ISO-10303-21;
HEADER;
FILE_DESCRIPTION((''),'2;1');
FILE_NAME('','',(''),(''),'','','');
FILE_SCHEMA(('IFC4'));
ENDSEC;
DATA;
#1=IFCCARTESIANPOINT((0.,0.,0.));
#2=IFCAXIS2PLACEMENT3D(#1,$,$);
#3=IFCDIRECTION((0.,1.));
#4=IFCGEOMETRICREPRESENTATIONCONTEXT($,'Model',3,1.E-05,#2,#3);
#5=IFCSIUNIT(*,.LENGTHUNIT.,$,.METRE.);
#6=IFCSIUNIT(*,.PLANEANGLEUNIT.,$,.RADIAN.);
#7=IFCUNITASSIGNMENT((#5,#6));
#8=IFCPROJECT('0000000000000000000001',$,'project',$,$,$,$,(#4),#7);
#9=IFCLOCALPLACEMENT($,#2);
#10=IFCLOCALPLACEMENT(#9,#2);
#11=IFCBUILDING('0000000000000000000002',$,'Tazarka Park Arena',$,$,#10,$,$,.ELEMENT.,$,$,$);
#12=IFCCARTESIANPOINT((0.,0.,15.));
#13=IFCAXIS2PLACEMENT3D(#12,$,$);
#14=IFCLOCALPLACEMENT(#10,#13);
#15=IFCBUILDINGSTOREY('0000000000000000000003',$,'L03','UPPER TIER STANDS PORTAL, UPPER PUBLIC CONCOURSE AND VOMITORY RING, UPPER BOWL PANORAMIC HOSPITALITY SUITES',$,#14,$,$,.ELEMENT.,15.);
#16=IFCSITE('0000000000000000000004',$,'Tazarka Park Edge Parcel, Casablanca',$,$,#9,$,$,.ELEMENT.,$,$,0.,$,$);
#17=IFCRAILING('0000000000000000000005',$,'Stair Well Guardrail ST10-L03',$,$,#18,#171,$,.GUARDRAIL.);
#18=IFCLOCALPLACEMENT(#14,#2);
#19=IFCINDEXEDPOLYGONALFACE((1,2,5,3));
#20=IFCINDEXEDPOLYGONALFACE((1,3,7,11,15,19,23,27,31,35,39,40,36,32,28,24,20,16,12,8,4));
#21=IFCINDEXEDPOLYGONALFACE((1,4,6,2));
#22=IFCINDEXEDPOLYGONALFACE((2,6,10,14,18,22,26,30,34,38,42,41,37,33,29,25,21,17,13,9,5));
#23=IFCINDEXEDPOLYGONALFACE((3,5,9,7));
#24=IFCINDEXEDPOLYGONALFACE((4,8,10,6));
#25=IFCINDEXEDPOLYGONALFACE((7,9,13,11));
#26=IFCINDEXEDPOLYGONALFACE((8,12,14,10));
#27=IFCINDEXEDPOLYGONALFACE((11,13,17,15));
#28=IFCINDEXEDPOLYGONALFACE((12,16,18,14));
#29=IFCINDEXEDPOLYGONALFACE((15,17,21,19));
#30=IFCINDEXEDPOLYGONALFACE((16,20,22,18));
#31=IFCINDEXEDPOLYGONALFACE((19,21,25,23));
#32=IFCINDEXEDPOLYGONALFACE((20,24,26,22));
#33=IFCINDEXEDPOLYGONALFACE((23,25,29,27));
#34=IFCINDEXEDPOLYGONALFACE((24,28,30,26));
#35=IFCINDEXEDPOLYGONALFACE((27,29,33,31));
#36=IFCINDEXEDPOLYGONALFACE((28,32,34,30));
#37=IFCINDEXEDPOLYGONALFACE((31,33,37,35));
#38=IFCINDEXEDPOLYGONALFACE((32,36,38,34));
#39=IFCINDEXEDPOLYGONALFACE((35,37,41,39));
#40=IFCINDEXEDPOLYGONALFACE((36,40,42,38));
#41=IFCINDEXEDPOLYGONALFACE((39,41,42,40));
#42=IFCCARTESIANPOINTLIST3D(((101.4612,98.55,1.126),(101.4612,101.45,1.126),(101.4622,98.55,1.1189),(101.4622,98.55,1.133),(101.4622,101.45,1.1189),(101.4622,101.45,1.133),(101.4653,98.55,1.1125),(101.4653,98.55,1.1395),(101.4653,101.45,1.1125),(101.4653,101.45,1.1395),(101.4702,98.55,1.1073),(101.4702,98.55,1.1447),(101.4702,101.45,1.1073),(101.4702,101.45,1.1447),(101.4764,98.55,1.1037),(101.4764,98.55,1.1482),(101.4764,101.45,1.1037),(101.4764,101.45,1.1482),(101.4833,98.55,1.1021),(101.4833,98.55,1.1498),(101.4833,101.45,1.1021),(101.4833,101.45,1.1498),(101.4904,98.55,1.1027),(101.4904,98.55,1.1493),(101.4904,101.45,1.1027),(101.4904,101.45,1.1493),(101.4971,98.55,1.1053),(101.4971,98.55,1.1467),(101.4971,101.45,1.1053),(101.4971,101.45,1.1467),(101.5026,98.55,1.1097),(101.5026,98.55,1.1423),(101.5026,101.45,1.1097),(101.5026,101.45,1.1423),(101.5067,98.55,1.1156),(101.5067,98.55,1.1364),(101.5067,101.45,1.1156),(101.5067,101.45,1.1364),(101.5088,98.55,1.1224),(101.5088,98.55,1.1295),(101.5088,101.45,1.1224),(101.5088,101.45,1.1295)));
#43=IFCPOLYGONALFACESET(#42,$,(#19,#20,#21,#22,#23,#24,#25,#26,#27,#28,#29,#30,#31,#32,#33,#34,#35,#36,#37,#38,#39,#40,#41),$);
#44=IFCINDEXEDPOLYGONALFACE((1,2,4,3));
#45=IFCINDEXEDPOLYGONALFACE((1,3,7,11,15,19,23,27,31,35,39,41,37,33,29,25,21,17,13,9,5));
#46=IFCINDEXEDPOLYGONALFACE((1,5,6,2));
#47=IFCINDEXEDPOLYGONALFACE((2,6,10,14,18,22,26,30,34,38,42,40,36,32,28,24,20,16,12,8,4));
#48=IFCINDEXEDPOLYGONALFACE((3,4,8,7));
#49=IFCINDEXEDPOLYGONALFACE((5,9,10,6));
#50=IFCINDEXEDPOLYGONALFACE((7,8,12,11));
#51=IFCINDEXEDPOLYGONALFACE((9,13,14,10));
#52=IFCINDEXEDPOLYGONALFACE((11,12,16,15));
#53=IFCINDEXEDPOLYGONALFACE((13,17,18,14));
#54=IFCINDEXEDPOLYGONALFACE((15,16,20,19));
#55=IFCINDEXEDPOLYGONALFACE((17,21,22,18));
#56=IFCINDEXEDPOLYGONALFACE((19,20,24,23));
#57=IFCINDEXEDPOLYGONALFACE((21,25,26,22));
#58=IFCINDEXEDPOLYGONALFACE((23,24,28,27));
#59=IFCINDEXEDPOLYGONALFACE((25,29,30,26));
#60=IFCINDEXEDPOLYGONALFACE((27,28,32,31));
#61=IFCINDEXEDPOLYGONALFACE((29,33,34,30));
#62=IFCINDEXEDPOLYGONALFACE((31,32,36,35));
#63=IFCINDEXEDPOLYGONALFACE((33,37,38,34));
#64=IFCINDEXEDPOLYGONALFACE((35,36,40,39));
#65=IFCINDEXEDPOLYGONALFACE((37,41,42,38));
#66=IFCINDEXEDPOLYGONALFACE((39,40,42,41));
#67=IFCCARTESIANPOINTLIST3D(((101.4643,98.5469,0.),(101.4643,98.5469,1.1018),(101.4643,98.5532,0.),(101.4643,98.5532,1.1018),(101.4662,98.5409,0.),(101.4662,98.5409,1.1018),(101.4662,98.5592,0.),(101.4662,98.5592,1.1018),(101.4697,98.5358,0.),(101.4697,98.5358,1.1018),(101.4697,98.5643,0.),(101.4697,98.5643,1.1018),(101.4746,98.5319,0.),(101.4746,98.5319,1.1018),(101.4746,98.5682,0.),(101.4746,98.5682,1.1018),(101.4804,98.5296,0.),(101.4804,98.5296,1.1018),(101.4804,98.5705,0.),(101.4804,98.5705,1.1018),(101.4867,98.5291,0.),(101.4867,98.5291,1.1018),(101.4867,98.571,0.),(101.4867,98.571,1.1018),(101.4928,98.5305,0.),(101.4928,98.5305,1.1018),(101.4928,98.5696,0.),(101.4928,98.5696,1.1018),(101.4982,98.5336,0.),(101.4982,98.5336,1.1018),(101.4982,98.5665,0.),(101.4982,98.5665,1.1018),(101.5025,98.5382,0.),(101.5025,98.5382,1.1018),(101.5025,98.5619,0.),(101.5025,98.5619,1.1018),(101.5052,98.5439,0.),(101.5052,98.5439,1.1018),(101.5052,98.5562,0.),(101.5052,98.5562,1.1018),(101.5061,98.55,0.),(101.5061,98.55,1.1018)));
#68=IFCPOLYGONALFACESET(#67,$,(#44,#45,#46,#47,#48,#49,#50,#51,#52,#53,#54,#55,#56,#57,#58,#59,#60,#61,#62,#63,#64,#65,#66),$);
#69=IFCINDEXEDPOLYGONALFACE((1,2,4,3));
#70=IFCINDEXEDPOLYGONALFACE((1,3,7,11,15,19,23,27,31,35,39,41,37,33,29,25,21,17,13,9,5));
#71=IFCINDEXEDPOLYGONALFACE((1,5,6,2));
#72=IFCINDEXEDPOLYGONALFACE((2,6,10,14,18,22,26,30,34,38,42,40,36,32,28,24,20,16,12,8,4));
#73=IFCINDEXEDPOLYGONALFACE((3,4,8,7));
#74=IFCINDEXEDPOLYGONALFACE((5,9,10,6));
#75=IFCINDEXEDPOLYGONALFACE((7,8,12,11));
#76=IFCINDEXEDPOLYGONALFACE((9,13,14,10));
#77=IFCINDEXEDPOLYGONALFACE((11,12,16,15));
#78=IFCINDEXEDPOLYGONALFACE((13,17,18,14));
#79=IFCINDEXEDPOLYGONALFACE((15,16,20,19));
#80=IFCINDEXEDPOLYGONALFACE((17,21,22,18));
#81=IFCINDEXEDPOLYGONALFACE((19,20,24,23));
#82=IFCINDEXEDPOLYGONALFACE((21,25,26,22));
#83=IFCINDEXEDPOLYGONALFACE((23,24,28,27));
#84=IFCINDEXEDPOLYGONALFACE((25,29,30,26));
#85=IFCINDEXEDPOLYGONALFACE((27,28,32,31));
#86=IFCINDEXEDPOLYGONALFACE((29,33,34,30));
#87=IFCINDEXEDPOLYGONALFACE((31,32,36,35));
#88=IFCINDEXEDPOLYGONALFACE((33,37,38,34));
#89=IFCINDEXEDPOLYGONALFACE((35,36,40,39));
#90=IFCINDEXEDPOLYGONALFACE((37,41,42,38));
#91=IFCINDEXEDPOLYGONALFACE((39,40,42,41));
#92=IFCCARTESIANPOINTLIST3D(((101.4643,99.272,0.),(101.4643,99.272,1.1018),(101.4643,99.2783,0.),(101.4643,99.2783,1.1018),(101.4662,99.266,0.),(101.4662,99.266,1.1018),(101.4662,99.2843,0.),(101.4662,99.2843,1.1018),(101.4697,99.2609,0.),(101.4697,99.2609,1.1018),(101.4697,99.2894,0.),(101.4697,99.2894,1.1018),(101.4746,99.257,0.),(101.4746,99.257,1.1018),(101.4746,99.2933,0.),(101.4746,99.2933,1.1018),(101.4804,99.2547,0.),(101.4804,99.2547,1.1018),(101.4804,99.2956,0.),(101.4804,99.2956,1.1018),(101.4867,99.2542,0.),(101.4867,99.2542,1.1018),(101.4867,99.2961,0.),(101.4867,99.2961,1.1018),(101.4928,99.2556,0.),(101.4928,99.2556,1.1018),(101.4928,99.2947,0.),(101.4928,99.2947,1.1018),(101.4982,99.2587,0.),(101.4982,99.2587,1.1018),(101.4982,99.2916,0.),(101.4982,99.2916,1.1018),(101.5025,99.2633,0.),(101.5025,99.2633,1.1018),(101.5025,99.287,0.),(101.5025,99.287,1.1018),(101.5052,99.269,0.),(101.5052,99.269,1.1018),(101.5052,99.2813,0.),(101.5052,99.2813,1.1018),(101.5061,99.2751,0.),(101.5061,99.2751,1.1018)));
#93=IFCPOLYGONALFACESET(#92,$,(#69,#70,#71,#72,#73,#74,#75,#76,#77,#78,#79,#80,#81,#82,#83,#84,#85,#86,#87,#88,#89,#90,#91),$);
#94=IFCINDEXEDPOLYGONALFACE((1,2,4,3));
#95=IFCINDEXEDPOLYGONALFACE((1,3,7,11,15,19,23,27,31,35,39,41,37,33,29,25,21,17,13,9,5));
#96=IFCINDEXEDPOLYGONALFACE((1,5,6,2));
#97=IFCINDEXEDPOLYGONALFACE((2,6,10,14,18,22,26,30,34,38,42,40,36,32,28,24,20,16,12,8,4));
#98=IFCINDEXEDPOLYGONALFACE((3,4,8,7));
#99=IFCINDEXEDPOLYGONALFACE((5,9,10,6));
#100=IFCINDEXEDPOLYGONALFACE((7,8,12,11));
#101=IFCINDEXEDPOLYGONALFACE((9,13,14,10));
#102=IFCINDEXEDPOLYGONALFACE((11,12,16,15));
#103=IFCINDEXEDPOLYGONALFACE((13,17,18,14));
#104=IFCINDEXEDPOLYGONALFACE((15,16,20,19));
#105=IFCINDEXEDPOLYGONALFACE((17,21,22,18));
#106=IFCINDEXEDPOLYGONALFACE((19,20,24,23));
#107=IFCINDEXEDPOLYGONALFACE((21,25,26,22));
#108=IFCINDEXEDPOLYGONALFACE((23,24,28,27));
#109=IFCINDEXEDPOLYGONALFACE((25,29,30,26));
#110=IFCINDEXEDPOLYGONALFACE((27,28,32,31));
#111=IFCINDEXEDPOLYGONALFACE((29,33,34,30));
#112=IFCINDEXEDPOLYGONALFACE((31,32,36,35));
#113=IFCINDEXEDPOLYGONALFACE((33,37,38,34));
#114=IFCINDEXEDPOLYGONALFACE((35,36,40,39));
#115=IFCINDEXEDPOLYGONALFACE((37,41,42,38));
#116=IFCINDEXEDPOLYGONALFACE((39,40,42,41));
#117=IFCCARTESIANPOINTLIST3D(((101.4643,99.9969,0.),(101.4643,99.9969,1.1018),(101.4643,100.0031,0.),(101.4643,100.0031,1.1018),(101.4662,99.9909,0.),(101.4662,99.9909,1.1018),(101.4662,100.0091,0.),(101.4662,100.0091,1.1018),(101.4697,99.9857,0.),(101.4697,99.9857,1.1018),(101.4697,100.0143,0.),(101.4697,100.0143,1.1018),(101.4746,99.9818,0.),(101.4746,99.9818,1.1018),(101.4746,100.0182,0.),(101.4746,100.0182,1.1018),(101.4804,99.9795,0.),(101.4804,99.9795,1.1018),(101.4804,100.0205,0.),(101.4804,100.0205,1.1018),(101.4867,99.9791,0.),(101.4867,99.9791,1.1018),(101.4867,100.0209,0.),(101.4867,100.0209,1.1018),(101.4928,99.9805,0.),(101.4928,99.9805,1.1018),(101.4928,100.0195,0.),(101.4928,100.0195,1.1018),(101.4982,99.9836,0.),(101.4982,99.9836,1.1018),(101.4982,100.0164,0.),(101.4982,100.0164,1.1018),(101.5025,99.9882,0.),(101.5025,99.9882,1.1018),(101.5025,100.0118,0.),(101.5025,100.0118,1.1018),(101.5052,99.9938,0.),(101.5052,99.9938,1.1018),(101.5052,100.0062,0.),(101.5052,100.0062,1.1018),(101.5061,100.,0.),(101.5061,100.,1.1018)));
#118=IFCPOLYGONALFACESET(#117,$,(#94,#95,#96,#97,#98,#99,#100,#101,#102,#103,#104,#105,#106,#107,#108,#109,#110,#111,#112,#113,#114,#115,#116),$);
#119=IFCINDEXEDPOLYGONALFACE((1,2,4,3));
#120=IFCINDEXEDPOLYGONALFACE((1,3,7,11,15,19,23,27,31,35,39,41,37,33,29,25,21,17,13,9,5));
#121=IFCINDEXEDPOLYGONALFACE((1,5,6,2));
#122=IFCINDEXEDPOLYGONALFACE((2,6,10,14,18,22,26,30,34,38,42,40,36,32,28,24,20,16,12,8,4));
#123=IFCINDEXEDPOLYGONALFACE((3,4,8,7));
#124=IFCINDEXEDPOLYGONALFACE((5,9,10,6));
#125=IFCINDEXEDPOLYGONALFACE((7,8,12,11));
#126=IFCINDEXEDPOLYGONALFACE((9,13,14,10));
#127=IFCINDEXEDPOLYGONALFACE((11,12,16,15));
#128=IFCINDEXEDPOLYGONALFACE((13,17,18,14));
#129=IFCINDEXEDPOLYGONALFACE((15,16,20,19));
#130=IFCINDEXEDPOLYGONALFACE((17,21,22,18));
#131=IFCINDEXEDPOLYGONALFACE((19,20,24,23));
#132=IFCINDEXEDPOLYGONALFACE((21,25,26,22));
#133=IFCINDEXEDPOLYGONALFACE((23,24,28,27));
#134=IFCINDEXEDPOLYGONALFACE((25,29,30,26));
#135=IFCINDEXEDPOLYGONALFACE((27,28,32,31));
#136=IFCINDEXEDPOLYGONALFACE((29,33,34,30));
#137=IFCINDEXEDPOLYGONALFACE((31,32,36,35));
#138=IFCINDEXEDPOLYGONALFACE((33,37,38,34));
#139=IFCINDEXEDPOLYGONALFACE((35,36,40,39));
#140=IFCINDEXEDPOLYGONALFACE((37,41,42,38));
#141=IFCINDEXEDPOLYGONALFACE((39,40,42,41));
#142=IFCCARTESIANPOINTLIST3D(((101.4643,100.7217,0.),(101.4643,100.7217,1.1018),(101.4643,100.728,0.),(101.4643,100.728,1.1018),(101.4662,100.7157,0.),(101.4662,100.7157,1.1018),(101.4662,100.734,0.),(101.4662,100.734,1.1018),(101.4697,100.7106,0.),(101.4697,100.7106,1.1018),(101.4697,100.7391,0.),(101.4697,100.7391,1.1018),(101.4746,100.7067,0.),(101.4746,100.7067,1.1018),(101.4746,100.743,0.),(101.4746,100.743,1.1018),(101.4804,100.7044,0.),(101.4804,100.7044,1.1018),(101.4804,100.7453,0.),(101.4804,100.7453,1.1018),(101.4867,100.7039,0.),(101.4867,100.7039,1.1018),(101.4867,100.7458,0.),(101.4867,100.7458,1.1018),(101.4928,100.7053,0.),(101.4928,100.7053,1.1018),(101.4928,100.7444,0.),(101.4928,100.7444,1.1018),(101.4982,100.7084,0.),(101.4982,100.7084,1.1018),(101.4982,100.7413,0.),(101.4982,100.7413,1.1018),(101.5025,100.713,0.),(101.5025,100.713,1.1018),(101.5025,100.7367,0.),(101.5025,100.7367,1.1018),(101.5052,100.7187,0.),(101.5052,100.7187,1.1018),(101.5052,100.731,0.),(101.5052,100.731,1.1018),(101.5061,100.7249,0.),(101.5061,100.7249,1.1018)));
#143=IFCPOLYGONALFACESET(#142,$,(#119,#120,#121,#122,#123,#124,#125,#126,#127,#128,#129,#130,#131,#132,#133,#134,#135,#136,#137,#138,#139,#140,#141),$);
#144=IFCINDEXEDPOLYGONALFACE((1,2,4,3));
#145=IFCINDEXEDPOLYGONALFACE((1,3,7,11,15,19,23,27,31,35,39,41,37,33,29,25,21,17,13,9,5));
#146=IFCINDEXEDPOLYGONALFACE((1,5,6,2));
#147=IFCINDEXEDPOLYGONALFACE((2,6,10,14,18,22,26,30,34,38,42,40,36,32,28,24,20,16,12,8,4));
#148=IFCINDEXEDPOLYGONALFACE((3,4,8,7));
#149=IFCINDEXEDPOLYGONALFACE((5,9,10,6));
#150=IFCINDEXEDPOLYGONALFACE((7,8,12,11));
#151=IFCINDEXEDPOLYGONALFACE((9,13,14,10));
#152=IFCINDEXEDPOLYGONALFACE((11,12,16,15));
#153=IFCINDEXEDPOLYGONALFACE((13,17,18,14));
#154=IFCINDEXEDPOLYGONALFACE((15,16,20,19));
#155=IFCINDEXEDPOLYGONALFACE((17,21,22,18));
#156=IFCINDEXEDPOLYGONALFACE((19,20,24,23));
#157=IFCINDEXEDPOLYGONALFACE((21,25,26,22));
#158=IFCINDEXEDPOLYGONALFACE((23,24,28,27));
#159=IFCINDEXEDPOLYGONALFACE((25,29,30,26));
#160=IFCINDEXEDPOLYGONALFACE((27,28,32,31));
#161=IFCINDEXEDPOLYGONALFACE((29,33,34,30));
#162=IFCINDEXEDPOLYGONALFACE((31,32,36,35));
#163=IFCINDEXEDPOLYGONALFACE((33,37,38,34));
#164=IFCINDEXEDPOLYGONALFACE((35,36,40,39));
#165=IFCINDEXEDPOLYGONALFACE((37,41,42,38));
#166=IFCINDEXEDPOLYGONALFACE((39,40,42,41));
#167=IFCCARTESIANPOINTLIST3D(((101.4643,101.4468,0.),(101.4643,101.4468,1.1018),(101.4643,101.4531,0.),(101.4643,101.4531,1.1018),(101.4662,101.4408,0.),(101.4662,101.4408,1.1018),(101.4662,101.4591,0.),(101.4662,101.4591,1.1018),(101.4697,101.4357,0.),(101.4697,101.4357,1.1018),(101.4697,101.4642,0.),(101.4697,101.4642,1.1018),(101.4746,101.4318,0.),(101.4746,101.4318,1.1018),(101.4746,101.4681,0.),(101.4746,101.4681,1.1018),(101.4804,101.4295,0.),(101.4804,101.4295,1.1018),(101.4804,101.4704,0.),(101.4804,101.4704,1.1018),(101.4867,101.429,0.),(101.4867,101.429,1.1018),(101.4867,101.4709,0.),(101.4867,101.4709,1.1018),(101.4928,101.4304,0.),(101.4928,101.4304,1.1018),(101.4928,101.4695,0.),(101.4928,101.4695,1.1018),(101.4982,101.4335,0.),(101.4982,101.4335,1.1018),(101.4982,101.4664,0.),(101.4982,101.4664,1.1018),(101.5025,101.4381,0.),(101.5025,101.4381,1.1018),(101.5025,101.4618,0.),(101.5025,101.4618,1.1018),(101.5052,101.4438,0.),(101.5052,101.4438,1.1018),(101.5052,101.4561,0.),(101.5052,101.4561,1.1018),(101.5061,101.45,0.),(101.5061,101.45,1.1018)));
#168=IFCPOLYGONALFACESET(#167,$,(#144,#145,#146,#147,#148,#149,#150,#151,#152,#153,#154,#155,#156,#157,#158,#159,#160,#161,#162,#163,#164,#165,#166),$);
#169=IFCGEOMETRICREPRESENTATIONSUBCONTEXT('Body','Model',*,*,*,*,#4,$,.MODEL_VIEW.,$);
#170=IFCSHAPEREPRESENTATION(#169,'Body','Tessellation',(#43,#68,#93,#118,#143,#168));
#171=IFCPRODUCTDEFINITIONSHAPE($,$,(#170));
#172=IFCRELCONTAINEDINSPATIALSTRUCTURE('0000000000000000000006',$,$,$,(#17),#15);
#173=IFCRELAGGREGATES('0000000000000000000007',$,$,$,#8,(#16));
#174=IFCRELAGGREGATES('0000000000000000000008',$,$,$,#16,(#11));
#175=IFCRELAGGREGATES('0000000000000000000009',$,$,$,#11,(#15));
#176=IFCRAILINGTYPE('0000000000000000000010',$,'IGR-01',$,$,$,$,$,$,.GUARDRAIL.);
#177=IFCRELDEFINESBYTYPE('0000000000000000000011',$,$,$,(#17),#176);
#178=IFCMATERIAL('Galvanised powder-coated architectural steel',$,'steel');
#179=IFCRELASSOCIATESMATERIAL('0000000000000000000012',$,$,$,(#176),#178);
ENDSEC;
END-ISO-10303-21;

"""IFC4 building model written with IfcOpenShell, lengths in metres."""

from ifc_helpers import new_model, si_unit, direction, frame, origin, origin_2d, place, context, subcontext, project, spatial, circle, extrude, material, type_object, element, save


model = new_model("IFC4")

# Units and contexts
model_context = context("Model", 3, precision=1e-05, world=origin(), true_north=direction((0.0, 1.0)))
body_context = subcontext(model_context, "Body", "Model", "MODEL_VIEW")
ifc_project = project(units=[si_unit("LENGTHUNIT", "METRE"), si_unit("PLANEANGLEUNIT", "RADIAN")], contexts=[model_context])

# Site, building, storey
site_placement = place(None, origin())
site = spatial("IfcSite", under=ifc_project, at=site_placement, Name="Tazarka Park Edge Parcel, Casablanca", CompositionType="ELEMENT", RefElevation=0.0)
building_placement = place(site_placement, origin())
building = spatial("IfcBuilding", under=site, at=building_placement, Name="Tazarka Park Arena", CompositionType="ELEMENT")
storey_placement = place(building_placement, frame((0.0, 0.0, 15.0)))
storey = spatial("IfcBuildingStorey", under=building, at=storey_placement, Name="L03", Description="UPPER TIER STANDS PORTAL, UPPER PUBLIC CONCOURSE AND VOMITORY RING, UPPER BOWL PANORAMIC HOSPITALITY SUITES", CompositionType="ELEMENT", Elevation=15.0)

# Railing
ifc_material_1 = material(Name="Galvanised powder-coated architectural steel", Category="steel")
railing_type_1 = type_object("IfcRailingType", Name="IGR-01", PredefinedType="GUARDRAIL", material=ifc_material_1)
for number, where, name in (
    (1, (101.4851, 98.55, 0.0), "Stair Well Guardrail ST10-L03"),
):
    element("IfcRailing", number, at=place(storey_placement, frame(where)), inside=storey, type_object=railing_type_1, Name=name, PredefinedType="GUARDRAIL", context=body_context, shape_type="SweptSolid", body=[
        extrude(circle(Radius=0.0239, at=origin_2d()), frame((0.0, 0.0, 1.126), z_axis=(0.0, 1.0, 0.0), x_axis=(-1.0, 0.0, 0.0)), (0.0, 0.0, 1.0), 2.8999),
        extrude(circle(Radius=0.021, at=origin_2d()), origin(), (0.0, 0.0, 1.0), 1.1018),
        extrude(circle(Radius=0.021, at=origin_2d()), frame((0.0, 0.7251, 0.0)), (0.0, 0.0, 1.0), 1.1018),
        extrude(circle(Radius=0.021, at=origin_2d()), frame((0.0, 1.45, 0.0)), (0.0, 0.0, 1.0), 1.1018),
        extrude(circle(Radius=0.021, at=origin_2d()), frame((0.0, 2.1748, 0.0)), (0.0, 0.0, 1.0), 1.1018),
        extrude(circle(Radius=0.021, at=origin_2d()), frame((0.0, 2.8999, 0.0)), (0.0, 0.0, 1.0), 1.1018),
    ])

save(model, "model.ifc")
